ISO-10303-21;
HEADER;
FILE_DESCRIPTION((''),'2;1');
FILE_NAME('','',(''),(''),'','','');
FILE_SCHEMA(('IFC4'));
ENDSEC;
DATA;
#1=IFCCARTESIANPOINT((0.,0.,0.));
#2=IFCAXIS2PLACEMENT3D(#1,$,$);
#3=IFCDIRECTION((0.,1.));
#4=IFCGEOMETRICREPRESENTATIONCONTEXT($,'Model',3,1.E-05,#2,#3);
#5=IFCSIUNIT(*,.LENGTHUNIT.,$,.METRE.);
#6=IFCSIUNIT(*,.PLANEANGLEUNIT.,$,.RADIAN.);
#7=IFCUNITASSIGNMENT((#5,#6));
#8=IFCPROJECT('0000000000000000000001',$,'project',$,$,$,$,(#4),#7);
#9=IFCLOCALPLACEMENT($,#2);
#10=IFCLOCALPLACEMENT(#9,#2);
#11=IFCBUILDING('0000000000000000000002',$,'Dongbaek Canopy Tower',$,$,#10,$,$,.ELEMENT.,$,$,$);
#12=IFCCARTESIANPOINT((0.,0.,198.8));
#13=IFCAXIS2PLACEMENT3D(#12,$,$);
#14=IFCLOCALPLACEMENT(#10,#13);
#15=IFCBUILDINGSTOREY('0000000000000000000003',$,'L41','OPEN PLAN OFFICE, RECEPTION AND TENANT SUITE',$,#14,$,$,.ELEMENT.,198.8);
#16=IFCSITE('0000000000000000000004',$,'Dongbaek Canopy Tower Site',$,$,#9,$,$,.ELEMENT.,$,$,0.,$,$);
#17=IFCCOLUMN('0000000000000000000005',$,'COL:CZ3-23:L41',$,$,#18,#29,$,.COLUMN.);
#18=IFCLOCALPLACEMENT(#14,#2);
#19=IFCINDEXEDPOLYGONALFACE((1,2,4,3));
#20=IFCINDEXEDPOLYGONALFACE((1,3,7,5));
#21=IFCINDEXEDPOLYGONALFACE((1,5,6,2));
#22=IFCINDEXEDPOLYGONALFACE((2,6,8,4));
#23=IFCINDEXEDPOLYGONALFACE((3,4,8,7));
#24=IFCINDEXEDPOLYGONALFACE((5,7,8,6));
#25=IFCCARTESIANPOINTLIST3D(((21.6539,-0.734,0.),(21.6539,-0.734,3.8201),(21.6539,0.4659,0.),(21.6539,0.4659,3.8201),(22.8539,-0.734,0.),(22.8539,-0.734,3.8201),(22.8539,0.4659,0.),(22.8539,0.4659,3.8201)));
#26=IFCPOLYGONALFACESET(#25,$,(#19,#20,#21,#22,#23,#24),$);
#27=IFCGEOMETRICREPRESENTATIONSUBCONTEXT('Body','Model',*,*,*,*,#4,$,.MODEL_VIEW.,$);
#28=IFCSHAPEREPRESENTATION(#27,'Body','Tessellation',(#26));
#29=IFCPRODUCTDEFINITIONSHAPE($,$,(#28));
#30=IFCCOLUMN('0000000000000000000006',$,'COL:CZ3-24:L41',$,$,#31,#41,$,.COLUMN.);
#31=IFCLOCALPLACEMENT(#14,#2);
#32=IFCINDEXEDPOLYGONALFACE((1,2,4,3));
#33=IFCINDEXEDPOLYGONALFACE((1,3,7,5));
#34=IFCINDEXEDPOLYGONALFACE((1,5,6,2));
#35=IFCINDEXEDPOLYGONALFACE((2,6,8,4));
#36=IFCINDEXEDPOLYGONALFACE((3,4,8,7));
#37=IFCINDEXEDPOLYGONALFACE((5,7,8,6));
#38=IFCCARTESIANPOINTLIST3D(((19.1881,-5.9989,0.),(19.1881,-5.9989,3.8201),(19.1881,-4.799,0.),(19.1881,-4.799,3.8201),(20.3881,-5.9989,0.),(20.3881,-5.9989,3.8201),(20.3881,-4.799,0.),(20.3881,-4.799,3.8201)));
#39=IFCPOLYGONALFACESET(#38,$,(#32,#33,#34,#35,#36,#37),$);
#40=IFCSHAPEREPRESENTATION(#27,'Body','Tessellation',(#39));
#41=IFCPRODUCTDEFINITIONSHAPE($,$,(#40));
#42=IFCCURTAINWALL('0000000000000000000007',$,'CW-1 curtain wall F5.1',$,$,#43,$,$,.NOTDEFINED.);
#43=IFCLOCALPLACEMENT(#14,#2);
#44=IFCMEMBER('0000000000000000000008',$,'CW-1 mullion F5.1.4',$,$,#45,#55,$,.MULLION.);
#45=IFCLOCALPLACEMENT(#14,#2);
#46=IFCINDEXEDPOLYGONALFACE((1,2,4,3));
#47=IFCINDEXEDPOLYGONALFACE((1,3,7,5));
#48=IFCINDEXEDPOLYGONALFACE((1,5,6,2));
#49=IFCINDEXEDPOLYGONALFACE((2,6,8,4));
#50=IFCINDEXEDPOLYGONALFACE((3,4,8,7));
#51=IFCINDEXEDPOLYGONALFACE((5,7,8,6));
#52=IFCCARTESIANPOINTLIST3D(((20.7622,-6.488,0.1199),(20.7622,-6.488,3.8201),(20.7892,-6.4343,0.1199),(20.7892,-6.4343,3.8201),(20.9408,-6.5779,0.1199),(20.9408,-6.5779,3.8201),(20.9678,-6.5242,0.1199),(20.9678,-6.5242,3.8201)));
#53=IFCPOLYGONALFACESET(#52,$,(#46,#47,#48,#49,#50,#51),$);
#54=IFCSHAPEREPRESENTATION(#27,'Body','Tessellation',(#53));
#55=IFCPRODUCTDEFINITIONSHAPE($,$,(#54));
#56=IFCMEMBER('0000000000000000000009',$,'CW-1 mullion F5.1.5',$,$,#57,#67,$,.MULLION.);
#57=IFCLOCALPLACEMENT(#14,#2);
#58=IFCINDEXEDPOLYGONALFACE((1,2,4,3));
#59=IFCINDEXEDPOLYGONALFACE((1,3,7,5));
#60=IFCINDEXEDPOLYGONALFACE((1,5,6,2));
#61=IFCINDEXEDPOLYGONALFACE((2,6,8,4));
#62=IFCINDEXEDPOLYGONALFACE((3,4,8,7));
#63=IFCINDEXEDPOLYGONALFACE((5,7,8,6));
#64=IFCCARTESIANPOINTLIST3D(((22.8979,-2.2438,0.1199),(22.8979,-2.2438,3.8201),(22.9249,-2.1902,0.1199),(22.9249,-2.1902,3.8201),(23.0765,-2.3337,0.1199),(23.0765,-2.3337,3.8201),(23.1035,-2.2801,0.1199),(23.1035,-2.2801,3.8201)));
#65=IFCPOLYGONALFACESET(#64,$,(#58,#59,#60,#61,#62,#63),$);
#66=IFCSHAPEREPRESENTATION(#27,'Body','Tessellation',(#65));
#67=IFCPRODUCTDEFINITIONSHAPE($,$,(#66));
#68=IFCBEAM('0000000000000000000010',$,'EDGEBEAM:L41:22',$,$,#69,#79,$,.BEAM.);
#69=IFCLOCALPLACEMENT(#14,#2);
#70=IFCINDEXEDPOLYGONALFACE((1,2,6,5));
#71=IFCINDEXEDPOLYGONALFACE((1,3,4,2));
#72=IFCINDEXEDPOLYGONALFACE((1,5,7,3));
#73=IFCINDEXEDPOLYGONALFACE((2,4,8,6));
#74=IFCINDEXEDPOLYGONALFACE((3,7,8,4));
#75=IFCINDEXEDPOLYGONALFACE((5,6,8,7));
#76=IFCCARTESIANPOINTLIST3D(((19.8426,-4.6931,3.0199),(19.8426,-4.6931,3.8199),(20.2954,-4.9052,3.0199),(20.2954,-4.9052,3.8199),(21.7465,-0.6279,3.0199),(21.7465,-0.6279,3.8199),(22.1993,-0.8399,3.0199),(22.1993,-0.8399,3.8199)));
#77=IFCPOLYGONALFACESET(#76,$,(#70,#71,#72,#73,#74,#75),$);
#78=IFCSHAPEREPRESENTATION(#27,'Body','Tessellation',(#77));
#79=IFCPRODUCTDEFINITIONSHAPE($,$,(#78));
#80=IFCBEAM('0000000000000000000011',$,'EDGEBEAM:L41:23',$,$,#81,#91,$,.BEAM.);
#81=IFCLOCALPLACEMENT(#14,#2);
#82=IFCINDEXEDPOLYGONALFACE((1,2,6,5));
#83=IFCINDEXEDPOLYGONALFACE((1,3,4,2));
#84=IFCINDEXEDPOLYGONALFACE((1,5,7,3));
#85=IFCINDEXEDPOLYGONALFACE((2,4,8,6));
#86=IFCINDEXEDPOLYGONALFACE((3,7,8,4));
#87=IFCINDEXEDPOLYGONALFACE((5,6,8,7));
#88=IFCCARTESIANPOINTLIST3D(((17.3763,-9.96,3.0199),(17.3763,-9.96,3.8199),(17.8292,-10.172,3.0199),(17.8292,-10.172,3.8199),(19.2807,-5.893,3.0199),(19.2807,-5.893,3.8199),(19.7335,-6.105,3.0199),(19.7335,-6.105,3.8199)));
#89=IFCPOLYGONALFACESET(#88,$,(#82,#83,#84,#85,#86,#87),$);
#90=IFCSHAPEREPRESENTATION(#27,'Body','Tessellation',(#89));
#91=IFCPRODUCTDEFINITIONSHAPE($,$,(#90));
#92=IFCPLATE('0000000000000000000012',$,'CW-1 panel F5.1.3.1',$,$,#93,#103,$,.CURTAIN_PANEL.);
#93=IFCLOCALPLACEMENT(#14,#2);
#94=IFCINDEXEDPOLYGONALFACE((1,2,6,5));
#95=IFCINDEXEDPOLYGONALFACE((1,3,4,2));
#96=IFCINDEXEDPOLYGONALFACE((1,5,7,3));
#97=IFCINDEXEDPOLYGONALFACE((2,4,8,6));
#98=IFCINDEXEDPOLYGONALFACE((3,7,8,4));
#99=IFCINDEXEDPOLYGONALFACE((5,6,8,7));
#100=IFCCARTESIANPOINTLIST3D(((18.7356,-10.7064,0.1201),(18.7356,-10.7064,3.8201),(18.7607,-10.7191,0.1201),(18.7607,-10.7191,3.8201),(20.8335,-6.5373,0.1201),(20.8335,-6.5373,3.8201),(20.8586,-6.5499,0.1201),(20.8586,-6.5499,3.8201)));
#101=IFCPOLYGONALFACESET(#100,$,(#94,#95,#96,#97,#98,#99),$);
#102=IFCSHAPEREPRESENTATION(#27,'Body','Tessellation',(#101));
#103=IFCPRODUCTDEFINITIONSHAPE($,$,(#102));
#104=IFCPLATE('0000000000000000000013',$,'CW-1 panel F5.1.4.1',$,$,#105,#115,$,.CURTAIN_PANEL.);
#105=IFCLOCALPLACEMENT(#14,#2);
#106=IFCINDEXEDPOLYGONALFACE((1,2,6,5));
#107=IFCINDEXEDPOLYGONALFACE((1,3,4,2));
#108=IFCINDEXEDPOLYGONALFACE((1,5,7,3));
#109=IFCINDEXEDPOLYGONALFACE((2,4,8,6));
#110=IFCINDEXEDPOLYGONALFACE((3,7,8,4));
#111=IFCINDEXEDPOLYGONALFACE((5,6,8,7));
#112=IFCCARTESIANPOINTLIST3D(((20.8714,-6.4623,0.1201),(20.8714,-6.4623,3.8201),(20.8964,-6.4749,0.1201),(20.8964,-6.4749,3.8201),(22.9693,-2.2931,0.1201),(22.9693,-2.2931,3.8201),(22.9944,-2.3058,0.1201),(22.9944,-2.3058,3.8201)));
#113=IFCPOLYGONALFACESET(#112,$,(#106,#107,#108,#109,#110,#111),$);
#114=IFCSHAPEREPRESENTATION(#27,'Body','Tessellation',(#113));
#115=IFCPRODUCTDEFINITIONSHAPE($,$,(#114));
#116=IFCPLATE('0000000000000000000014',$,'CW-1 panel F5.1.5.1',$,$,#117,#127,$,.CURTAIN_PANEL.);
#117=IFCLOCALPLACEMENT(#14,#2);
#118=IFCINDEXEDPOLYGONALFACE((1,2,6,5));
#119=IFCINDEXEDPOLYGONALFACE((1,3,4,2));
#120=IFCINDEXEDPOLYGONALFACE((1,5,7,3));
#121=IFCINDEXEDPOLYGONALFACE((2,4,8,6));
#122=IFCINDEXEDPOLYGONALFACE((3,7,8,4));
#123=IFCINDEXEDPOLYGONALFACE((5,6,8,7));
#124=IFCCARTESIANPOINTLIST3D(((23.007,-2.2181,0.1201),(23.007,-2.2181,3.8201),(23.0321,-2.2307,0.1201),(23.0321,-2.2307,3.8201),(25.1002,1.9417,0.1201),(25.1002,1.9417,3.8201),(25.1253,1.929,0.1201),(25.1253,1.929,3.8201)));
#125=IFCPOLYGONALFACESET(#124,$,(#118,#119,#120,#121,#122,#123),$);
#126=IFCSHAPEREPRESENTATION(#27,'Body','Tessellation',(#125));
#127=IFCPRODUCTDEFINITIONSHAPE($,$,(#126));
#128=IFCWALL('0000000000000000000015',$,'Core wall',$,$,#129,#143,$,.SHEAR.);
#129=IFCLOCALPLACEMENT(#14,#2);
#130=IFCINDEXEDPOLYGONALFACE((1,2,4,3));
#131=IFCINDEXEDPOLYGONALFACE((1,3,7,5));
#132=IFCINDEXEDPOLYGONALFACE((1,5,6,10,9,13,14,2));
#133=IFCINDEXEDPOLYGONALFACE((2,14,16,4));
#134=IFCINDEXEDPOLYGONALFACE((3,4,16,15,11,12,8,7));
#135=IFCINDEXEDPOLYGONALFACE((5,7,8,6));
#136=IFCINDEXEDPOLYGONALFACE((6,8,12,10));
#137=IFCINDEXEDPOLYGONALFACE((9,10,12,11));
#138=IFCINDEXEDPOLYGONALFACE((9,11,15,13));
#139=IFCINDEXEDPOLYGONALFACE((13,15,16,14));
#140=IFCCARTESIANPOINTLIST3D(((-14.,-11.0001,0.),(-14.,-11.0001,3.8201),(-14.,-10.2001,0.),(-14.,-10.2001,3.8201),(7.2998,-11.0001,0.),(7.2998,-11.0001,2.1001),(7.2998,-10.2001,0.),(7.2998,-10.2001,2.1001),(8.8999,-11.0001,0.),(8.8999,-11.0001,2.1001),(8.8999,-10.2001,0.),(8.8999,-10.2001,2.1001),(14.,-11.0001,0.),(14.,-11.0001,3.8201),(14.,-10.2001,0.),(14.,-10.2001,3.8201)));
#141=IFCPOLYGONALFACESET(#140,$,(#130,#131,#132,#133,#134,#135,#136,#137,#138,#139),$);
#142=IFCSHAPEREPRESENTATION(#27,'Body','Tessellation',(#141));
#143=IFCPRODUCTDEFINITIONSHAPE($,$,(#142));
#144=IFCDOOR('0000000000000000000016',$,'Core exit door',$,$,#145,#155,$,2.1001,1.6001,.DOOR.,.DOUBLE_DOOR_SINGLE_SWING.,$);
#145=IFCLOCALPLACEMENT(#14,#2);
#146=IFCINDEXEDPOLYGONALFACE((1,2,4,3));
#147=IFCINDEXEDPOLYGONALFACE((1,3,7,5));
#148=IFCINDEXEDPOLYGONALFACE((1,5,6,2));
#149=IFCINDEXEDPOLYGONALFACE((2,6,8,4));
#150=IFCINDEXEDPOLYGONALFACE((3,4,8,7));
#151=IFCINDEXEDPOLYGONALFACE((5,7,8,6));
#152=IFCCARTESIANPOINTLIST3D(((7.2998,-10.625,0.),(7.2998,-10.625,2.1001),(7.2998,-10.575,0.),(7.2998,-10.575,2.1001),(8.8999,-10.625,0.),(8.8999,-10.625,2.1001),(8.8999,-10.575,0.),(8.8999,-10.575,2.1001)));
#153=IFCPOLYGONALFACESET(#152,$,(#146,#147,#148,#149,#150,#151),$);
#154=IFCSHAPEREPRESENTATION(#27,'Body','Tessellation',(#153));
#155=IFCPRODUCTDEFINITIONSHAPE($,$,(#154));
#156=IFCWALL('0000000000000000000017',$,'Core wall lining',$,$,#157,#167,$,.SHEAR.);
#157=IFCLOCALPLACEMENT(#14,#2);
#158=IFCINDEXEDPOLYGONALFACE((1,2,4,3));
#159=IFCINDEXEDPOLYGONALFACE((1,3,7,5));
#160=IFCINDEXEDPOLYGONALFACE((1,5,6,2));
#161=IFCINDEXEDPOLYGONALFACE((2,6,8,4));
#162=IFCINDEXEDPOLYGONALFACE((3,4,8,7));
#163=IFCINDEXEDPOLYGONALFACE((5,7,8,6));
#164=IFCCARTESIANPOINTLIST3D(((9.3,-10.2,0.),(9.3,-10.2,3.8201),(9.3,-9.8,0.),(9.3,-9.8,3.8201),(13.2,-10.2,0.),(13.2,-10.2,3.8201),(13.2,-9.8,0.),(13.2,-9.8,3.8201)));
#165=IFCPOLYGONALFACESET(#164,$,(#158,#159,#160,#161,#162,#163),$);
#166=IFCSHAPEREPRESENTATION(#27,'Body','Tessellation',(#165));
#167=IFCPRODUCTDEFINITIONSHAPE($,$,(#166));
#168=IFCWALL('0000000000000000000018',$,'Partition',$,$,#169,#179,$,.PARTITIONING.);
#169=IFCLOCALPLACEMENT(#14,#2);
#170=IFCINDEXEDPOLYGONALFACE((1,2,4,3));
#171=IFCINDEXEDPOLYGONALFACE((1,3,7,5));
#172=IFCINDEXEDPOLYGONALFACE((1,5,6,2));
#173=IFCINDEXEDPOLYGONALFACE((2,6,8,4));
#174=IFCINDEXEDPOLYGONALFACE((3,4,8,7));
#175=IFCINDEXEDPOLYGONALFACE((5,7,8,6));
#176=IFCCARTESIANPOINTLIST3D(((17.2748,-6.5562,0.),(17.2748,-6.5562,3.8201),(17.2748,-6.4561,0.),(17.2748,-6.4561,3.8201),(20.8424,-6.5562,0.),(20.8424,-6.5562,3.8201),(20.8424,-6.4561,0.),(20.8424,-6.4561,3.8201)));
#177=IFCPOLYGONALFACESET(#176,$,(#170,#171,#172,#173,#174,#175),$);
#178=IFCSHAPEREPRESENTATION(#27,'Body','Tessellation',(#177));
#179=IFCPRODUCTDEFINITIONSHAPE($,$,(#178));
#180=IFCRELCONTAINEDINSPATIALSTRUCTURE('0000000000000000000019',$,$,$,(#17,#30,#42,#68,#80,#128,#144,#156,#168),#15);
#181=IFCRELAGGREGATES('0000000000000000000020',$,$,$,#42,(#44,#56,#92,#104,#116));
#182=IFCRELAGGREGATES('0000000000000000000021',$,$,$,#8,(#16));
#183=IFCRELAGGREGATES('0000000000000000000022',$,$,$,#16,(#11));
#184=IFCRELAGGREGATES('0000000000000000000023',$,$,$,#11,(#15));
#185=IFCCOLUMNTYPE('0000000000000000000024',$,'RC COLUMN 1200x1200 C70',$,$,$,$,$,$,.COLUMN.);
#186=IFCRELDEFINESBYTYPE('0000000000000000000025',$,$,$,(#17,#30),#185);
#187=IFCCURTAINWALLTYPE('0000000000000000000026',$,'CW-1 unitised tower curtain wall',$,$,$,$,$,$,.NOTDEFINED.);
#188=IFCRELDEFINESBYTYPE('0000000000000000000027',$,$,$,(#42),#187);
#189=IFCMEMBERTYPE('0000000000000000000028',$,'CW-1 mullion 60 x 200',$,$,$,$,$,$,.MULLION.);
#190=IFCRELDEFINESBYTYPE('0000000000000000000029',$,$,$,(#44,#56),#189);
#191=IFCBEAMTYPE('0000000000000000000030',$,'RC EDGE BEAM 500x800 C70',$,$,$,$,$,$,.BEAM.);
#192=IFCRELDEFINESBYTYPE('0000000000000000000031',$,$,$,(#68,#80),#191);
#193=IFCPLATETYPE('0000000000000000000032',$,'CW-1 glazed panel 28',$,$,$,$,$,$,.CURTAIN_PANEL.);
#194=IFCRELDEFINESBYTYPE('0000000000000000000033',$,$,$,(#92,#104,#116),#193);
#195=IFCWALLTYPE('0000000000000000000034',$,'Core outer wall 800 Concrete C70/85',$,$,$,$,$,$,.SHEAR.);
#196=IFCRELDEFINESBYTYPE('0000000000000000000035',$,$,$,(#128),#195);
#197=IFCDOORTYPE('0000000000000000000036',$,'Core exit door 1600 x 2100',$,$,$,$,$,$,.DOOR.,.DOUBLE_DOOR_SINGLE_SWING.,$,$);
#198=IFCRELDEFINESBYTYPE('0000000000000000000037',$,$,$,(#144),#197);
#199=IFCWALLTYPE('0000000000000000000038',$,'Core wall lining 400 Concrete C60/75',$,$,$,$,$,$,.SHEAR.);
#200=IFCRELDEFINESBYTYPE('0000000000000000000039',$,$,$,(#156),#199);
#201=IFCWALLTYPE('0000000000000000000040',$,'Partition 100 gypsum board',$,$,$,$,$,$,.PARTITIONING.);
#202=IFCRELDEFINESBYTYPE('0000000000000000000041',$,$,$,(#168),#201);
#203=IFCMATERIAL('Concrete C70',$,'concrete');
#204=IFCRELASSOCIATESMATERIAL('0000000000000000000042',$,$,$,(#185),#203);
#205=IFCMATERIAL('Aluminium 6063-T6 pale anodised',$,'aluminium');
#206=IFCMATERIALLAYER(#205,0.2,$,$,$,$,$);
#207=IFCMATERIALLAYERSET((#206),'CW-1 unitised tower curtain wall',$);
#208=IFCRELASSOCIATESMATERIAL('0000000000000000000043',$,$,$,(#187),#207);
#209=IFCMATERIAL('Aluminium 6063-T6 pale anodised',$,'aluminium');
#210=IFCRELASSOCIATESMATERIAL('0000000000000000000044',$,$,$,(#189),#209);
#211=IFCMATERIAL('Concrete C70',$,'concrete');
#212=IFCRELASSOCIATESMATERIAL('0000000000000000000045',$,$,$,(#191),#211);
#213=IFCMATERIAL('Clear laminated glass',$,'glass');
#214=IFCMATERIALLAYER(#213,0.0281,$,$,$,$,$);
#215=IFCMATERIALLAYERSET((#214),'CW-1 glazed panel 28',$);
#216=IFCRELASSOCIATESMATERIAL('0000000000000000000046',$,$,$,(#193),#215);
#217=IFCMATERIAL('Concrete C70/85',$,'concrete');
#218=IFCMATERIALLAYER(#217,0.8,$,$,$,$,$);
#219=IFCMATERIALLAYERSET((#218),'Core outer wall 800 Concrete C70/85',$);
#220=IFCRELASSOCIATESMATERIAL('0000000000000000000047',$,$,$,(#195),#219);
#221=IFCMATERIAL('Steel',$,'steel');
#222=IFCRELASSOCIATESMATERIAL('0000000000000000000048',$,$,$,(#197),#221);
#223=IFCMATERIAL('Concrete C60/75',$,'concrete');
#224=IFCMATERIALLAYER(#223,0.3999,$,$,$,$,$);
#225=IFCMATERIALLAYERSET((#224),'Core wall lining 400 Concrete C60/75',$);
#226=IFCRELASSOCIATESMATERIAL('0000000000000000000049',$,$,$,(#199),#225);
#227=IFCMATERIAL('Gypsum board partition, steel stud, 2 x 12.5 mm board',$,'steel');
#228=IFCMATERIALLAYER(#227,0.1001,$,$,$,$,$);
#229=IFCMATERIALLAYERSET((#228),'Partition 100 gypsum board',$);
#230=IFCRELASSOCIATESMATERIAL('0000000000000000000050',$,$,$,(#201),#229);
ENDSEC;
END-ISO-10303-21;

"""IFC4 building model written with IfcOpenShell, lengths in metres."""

from ifc_helpers import new_model, si_unit, direction, frame, frame_2d, origin, origin_2d, place, context, subcontext, project, spatial, rectangle, extrude, material, layer, layer_set, material_profile, profile_set, type_object, element, fill, aggregate, save


model = new_model("IFC4")

# Units and contexts
model_context = context("Model", 3, precision=1e-05, world=origin(), true_north=direction((0.0, 1.0)))
body_context = subcontext(model_context, "Body", "Model", "MODEL_VIEW")
ifc_project = project(units=[si_unit("LENGTHUNIT", "METRE"), si_unit("PLANEANGLEUNIT", "RADIAN")], contexts=[model_context])

# Site, building, storey
site_placement = place(None, origin())
site = spatial("IfcSite", under=ifc_project, at=site_placement, Name="Dongbaek Canopy Tower Site", CompositionType="ELEMENT", RefElevation=0.0)
building_placement = place(site_placement, origin())
building = spatial("IfcBuilding", under=site, at=building_placement, Name="Dongbaek Canopy Tower", CompositionType="ELEMENT")
storey_placement = place(building_placement, frame((0.0, 0.0, 198.8)))
storey = spatial("IfcBuildingStorey", under=building, at=storey_placement, Name="L41", Description="OPEN PLAN OFFICE, RECEPTION AND TENANT SUITE", CompositionType="ELEMENT", Elevation=198.8)

# Columns
ifc_material_1 = material(Name="Concrete C70", Category="concrete")
ifc_material_profile_1 = material_profile(ifc_material_1, rectangle(XDim=1.2, YDim=1.2, at=origin_2d()), Name="RC COLUMN 1200x1200 C70")
ifc_profile_set_1 = profile_set([ifc_material_profile_1], Name="Concrete C70")
column_type = type_object("IfcColumnType", Name="RC COLUMN 1200x1200 C70", PredefinedType="COLUMN", material=ifc_profile_set_1)
for number, where, z_axis, x_axis, name in (
    (1, (22.2539, -0.134, 0.0), (0.0, 0.0, 1.0), (1.0, 0.0, 0.0), "COL:CZ3-23:L41"),
    (2, (19.7881, -5.3989, 0.0), (0.0, 0.0, 1.0), (1.0, 0.0, 0.0), "COL:CZ3-24:L41"),
):
    element("IfcColumn", number, at=place(storey_placement, frame(where, z_axis=z_axis, x_axis=x_axis)), inside=storey, type_object=column_type, Name=name, PredefinedType="COLUMN", context=body_context, shape_type="SweptSolid", body=[
        extrude(rectangle(XDim=1.2, YDim=1.2, at=origin_2d()), origin(), (0.0, 0.0, 1.0), 3.8201),
    ])

# Curtain wall, members
ifc_material_2 = material(Name="Aluminium 6063-T6 pale anodised", Category="aluminium")
ifc_layer_1 = layer(ifc_material_2, 0.2)
ifc_layer_set_1 = layer_set([ifc_layer_1], Name="CW-1 unitised tower curtain wall")
curtain_wall_type = type_object("IfcCurtainWallType", Name="CW-1 unitised tower curtain wall", PredefinedType="NOTDEFINED", material=ifc_layer_set_1)
curtain_wall_placement = place(storey_placement, origin())
curtain_wall = element("IfcCurtainWall", 3, at=curtain_wall_placement, inside=storey, type_object=curtain_wall_type, Name="CW-1 curtain wall F5.1", PredefinedType="NOTDEFINED")
ifc_material_3 = material(Name="Aluminium 6063-T6 pale anodised", Category="aluminium")
ifc_material_profile_2 = material_profile(ifc_material_3, rectangle(XDim=0.2, YDim=0.0601, at=origin_2d()), Name="CW-1 mullion 60 x 200")
ifc_profile_set_2 = profile_set([ifc_material_profile_2], Name="Aluminium 6063-T6 pale anodised")
member_type = type_object("IfcMemberType", Name="CW-1 mullion 60 x 200", PredefinedType="MULLION", material=ifc_profile_set_2)
member_1_placement = place(storey_placement, frame((20.865, -6.5061, 0.1199), z_axis=(0.0, 0.0, 1.0), x_axis=(0.893281, -0.449499, 0.0)))
member_1 = element("IfcMember", 4, at=member_1_placement, type_object=member_type, Name="CW-1 mullion F5.1.4", PredefinedType="MULLION", context=body_context, shape_type="SweptSolid", body=[
    extrude(rectangle(XDim=0.2, YDim=0.0601, at=origin_2d()), origin(), (0.0, 0.0, 1.0), 3.7002),
])
member_2_placement = place(storey_placement, frame((23.0007, -2.262, 0.1199), z_axis=(0.0, 0.0, 1.0), x_axis=(0.893281, -0.449499, 0.0)))
member_2 = element("IfcMember", 5, at=member_2_placement, type_object=member_type, Name="CW-1 mullion F5.1.5", PredefinedType="MULLION", context=body_context, shape_type="SweptSolid", body=[
    extrude(rectangle(XDim=0.2, YDim=0.0601, at=origin_2d()), origin(), (0.0, 0.0, 1.0), 3.7002),
])

# Beams
ifc_material_4 = material(Name="Concrete C70", Category="concrete")
ifc_material_profile_3 = material_profile(ifc_material_4, rectangle(XDim=0.5, YDim=0.8, at=origin_2d()), Name="RC EDGE BEAM 500x800 C70")
ifc_profile_set_3 = profile_set([ifc_material_profile_3], Name="Concrete C70")
beam_type = type_object("IfcBeamType", Name="RC EDGE BEAM 500x800 C70", PredefinedType="BEAM", material=ifc_profile_set_3)
beam_1_placement = place(storey_placement, frame((21.9729, -0.7339, 3.4199), z_axis=(-0.424115, -0.905608, 0.0), x_axis=(0.905608, -0.424115, 0.0)))
element("IfcBeam", 6, at=beam_1_placement, inside=storey, type_object=beam_type, Name="EDGEBEAM:L41:22", PredefinedType="BEAM", context=body_context, shape_type="SweptSolid", body=[
    extrude(rectangle(XDim=0.5, YDim=0.8, at=origin_2d()), origin(), (0.0, 0.0, 1.0), 4.489),
])
beam_2_placement = place(storey_placement, frame((19.5071, -5.999, 3.4199), z_axis=(-0.424058, -0.905635, 0.0), x_axis=(0.905635, -0.424058, 0.0)))
element("IfcBeam", 7, at=beam_2_placement, inside=storey, type_object=beam_type, Name="EDGEBEAM:L41:23", PredefinedType="BEAM", context=body_context, shape_type="SweptSolid", body=[
    extrude(rectangle(XDim=0.5, YDim=0.8, at=origin_2d()), origin(), (0.0, 0.0, 1.0), 4.4907),
])

# Plates
ifc_material_5 = material(Name="Clear laminated glass", Category="glass")
ifc_layer_2 = layer(ifc_material_5, 0.0281)
ifc_layer_set_2 = layer_set([ifc_layer_2], Name="CW-1 glazed panel 28")
plate_type = type_object("IfcPlateType", Name="CW-1 glazed panel 28", PredefinedType="CURTAIN_PANEL", material=ifc_layer_set_2)
plate_1_placement = place(storey_placement, frame((19.7971, -8.6282, 0.1201), z_axis=(0.0, 0.0, 1.0), x_axis=(0.449499, 0.893281, 0.0)))
plate_1 = element("IfcPlate", 8, at=plate_1_placement, type_object=plate_type, Name="CW-1 panel F5.1.3.1", PredefinedType="CURTAIN_PANEL", context=body_context, shape_type="SweptSolid", body=[
    extrude(rectangle(XDim=4.6672, YDim=0.0281, at=origin_2d()), origin(), (0.0, 0.0, 1.0), 3.7),
])
plate_2_placement = place(storey_placement, frame((21.9329, -4.384, 0.1201), z_axis=(0.0, 0.0, 1.0), x_axis=(0.449499, 0.893281, 0.0)))
plate_2 = element("IfcPlate", 9, at=plate_2_placement, type_object=plate_type, Name="CW-1 panel F5.1.4.1", PredefinedType="CURTAIN_PANEL", context=body_context, shape_type="SweptSolid", body=[
    extrude(rectangle(XDim=4.6672, YDim=0.0281, at=origin_2d()), origin(), (0.0, 0.0, 1.0), 3.7),
])
plate_3_placement = place(storey_placement, frame((24.0662, -0.1445, 0.1201), z_axis=(0.0, 0.0, 1.0), x_axis=(0.449499, 0.893281, 0.0)))
plate_3 = element("IfcPlate", 10, at=plate_3_placement, type_object=plate_type, Name="CW-1 panel F5.1.5.1", PredefinedType="CURTAIN_PANEL", context=body_context, shape_type="SweptSolid", body=[
    extrude(rectangle(XDim=4.6567, YDim=0.0281, at=origin_2d()), origin(), (0.0, 0.0, 1.0), 3.7),
])

# Wall, opening, door
ifc_material_6 = material(Name="Concrete C70/85", Category="concrete")
ifc_layer_3 = layer(ifc_material_6, 0.8)
ifc_layer_set_3 = layer_set([ifc_layer_3], Name="Core outer wall 800 Concrete C70/85")
wall_type_1 = type_object("IfcWallType", Name="Core outer wall 800 Concrete C70/85", PredefinedType="SHEAR", material=ifc_layer_set_3)
wall_1_placement = place(storey_placement, frame((14.0, -10.6001, 0.0), z_axis=(0.0, 0.0, 1.0), x_axis=(-1.0, 0.0, 0.0)))
wall_1 = element("IfcWall", 11, at=wall_1_placement, inside=storey, type_object=wall_type_1, Name="Core wall", PredefinedType="SHEAR", context=body_context, shape_type="SweptSolid", body=[
    extrude(rectangle(XDim=28.0, YDim=0.8, at=frame_2d((14.0, 0.0))), origin(), (0.0, 0.0, 1.0), 3.8201),
])
opening_placement = place(wall_1_placement, frame((5.1001, 0.0, 0.0)))
opening = element("IfcOpeningElement", 12, at=opening_placement, cuts=wall_1, PredefinedType="OPENING", context=body_context, shape_type="SweptSolid", body=[
    extrude(rectangle(XDim=1.6001, YDim=2.1001, at=frame_2d((0.8, 1.05))), frame((0.0, 0.4099, 0.0), z_axis=(0.0, -1.0, 0.0), x_axis=(1.0, 0.0, 0.0)), (0.0, 0.0, 1.0), 0.8201),
])
ifc_material_7 = material(Name="Steel", Category="steel")
door_type = type_object("IfcDoorType", Name="Core exit door 1600 x 2100", OperationType="DOUBLE_DOOR_SINGLE_SWING", PredefinedType="DOOR", material=ifc_material_7)
door_placement = place(opening_placement, origin())
door = element("IfcDoor", 13, at=door_placement, inside=storey, type_object=door_type, Name="Core exit door", OperationType="DOUBLE_DOOR_SINGLE_SWING", OverallHeight=2.1001, OverallWidth=1.6001, PredefinedType="DOOR", context=body_context, shape_type="SweptSolid", body=[
    extrude(rectangle(XDim=1.6001, YDim=2.1001, at=frame_2d((0.8, 1.05))), frame((0.0, 0.0249, 0.0), z_axis=(0.0, -1.0, 0.0), x_axis=(1.0, 0.0, 0.0)), (0.0, 0.0, 1.0), 0.05),
])
fill(opening, door)

# Walls
ifc_material_8 = material(Name="Concrete C60/75", Category="concrete")
ifc_layer_4 = layer(ifc_material_8, 0.3999)
ifc_layer_set_4 = layer_set([ifc_layer_4], Name="Core wall lining 400 Concrete C60/75")
wall_type_2 = type_object("IfcWallType", Name="Core wall lining 400 Concrete C60/75", PredefinedType="SHEAR", material=ifc_layer_set_4)
wall_2_placement = place(storey_placement, frame((13.2, -10.0, 0.0), z_axis=(0.0, 0.0, 1.0), x_axis=(-1.0, 0.0, 0.0)))
element("IfcWall", 14, at=wall_2_placement, inside=storey, type_object=wall_type_2, Name="Core wall lining", PredefinedType="SHEAR", context=body_context, shape_type="SweptSolid", body=[
    extrude(rectangle(XDim=3.8999, YDim=0.3999, at=frame_2d((1.95, 0.0))), origin(), (0.0, 0.0, 1.0), 3.8201),
])
ifc_material_9 = material(Name="Gypsum board partition, steel stud, 2 x 12.5 mm board", Category="steel")
ifc_layer_5 = layer(ifc_material_9, 0.1001)
ifc_layer_set_5 = layer_set([ifc_layer_5], Name="Partition 100 gypsum board")
wall_type_3 = type_object("IfcWallType", Name="Partition 100 gypsum board", PredefinedType="PARTITIONING", material=ifc_layer_set_5)
wall_3_placement = place(storey_placement, frame((17.2749, -6.5061, 0.0), z_axis=(0.0, 0.0, 1.0), x_axis=(1.0, 0.0, 0.0)))
element("IfcWall", 15, at=wall_3_placement, inside=storey, type_object=wall_type_3, Name="Partition", PredefinedType="PARTITIONING", context=body_context, shape_type="SweptSolid", body=[
    extrude(rectangle(XDim=3.5676, YDim=0.1001, at=frame_2d((1.7837, 0.0))), origin(), (0.0, 0.0, 1.0), 3.8201),
])

aggregate(curtain_wall, [member_1, member_2, plate_1, plate_2, plate_3])

save(model, "model.ifc")
